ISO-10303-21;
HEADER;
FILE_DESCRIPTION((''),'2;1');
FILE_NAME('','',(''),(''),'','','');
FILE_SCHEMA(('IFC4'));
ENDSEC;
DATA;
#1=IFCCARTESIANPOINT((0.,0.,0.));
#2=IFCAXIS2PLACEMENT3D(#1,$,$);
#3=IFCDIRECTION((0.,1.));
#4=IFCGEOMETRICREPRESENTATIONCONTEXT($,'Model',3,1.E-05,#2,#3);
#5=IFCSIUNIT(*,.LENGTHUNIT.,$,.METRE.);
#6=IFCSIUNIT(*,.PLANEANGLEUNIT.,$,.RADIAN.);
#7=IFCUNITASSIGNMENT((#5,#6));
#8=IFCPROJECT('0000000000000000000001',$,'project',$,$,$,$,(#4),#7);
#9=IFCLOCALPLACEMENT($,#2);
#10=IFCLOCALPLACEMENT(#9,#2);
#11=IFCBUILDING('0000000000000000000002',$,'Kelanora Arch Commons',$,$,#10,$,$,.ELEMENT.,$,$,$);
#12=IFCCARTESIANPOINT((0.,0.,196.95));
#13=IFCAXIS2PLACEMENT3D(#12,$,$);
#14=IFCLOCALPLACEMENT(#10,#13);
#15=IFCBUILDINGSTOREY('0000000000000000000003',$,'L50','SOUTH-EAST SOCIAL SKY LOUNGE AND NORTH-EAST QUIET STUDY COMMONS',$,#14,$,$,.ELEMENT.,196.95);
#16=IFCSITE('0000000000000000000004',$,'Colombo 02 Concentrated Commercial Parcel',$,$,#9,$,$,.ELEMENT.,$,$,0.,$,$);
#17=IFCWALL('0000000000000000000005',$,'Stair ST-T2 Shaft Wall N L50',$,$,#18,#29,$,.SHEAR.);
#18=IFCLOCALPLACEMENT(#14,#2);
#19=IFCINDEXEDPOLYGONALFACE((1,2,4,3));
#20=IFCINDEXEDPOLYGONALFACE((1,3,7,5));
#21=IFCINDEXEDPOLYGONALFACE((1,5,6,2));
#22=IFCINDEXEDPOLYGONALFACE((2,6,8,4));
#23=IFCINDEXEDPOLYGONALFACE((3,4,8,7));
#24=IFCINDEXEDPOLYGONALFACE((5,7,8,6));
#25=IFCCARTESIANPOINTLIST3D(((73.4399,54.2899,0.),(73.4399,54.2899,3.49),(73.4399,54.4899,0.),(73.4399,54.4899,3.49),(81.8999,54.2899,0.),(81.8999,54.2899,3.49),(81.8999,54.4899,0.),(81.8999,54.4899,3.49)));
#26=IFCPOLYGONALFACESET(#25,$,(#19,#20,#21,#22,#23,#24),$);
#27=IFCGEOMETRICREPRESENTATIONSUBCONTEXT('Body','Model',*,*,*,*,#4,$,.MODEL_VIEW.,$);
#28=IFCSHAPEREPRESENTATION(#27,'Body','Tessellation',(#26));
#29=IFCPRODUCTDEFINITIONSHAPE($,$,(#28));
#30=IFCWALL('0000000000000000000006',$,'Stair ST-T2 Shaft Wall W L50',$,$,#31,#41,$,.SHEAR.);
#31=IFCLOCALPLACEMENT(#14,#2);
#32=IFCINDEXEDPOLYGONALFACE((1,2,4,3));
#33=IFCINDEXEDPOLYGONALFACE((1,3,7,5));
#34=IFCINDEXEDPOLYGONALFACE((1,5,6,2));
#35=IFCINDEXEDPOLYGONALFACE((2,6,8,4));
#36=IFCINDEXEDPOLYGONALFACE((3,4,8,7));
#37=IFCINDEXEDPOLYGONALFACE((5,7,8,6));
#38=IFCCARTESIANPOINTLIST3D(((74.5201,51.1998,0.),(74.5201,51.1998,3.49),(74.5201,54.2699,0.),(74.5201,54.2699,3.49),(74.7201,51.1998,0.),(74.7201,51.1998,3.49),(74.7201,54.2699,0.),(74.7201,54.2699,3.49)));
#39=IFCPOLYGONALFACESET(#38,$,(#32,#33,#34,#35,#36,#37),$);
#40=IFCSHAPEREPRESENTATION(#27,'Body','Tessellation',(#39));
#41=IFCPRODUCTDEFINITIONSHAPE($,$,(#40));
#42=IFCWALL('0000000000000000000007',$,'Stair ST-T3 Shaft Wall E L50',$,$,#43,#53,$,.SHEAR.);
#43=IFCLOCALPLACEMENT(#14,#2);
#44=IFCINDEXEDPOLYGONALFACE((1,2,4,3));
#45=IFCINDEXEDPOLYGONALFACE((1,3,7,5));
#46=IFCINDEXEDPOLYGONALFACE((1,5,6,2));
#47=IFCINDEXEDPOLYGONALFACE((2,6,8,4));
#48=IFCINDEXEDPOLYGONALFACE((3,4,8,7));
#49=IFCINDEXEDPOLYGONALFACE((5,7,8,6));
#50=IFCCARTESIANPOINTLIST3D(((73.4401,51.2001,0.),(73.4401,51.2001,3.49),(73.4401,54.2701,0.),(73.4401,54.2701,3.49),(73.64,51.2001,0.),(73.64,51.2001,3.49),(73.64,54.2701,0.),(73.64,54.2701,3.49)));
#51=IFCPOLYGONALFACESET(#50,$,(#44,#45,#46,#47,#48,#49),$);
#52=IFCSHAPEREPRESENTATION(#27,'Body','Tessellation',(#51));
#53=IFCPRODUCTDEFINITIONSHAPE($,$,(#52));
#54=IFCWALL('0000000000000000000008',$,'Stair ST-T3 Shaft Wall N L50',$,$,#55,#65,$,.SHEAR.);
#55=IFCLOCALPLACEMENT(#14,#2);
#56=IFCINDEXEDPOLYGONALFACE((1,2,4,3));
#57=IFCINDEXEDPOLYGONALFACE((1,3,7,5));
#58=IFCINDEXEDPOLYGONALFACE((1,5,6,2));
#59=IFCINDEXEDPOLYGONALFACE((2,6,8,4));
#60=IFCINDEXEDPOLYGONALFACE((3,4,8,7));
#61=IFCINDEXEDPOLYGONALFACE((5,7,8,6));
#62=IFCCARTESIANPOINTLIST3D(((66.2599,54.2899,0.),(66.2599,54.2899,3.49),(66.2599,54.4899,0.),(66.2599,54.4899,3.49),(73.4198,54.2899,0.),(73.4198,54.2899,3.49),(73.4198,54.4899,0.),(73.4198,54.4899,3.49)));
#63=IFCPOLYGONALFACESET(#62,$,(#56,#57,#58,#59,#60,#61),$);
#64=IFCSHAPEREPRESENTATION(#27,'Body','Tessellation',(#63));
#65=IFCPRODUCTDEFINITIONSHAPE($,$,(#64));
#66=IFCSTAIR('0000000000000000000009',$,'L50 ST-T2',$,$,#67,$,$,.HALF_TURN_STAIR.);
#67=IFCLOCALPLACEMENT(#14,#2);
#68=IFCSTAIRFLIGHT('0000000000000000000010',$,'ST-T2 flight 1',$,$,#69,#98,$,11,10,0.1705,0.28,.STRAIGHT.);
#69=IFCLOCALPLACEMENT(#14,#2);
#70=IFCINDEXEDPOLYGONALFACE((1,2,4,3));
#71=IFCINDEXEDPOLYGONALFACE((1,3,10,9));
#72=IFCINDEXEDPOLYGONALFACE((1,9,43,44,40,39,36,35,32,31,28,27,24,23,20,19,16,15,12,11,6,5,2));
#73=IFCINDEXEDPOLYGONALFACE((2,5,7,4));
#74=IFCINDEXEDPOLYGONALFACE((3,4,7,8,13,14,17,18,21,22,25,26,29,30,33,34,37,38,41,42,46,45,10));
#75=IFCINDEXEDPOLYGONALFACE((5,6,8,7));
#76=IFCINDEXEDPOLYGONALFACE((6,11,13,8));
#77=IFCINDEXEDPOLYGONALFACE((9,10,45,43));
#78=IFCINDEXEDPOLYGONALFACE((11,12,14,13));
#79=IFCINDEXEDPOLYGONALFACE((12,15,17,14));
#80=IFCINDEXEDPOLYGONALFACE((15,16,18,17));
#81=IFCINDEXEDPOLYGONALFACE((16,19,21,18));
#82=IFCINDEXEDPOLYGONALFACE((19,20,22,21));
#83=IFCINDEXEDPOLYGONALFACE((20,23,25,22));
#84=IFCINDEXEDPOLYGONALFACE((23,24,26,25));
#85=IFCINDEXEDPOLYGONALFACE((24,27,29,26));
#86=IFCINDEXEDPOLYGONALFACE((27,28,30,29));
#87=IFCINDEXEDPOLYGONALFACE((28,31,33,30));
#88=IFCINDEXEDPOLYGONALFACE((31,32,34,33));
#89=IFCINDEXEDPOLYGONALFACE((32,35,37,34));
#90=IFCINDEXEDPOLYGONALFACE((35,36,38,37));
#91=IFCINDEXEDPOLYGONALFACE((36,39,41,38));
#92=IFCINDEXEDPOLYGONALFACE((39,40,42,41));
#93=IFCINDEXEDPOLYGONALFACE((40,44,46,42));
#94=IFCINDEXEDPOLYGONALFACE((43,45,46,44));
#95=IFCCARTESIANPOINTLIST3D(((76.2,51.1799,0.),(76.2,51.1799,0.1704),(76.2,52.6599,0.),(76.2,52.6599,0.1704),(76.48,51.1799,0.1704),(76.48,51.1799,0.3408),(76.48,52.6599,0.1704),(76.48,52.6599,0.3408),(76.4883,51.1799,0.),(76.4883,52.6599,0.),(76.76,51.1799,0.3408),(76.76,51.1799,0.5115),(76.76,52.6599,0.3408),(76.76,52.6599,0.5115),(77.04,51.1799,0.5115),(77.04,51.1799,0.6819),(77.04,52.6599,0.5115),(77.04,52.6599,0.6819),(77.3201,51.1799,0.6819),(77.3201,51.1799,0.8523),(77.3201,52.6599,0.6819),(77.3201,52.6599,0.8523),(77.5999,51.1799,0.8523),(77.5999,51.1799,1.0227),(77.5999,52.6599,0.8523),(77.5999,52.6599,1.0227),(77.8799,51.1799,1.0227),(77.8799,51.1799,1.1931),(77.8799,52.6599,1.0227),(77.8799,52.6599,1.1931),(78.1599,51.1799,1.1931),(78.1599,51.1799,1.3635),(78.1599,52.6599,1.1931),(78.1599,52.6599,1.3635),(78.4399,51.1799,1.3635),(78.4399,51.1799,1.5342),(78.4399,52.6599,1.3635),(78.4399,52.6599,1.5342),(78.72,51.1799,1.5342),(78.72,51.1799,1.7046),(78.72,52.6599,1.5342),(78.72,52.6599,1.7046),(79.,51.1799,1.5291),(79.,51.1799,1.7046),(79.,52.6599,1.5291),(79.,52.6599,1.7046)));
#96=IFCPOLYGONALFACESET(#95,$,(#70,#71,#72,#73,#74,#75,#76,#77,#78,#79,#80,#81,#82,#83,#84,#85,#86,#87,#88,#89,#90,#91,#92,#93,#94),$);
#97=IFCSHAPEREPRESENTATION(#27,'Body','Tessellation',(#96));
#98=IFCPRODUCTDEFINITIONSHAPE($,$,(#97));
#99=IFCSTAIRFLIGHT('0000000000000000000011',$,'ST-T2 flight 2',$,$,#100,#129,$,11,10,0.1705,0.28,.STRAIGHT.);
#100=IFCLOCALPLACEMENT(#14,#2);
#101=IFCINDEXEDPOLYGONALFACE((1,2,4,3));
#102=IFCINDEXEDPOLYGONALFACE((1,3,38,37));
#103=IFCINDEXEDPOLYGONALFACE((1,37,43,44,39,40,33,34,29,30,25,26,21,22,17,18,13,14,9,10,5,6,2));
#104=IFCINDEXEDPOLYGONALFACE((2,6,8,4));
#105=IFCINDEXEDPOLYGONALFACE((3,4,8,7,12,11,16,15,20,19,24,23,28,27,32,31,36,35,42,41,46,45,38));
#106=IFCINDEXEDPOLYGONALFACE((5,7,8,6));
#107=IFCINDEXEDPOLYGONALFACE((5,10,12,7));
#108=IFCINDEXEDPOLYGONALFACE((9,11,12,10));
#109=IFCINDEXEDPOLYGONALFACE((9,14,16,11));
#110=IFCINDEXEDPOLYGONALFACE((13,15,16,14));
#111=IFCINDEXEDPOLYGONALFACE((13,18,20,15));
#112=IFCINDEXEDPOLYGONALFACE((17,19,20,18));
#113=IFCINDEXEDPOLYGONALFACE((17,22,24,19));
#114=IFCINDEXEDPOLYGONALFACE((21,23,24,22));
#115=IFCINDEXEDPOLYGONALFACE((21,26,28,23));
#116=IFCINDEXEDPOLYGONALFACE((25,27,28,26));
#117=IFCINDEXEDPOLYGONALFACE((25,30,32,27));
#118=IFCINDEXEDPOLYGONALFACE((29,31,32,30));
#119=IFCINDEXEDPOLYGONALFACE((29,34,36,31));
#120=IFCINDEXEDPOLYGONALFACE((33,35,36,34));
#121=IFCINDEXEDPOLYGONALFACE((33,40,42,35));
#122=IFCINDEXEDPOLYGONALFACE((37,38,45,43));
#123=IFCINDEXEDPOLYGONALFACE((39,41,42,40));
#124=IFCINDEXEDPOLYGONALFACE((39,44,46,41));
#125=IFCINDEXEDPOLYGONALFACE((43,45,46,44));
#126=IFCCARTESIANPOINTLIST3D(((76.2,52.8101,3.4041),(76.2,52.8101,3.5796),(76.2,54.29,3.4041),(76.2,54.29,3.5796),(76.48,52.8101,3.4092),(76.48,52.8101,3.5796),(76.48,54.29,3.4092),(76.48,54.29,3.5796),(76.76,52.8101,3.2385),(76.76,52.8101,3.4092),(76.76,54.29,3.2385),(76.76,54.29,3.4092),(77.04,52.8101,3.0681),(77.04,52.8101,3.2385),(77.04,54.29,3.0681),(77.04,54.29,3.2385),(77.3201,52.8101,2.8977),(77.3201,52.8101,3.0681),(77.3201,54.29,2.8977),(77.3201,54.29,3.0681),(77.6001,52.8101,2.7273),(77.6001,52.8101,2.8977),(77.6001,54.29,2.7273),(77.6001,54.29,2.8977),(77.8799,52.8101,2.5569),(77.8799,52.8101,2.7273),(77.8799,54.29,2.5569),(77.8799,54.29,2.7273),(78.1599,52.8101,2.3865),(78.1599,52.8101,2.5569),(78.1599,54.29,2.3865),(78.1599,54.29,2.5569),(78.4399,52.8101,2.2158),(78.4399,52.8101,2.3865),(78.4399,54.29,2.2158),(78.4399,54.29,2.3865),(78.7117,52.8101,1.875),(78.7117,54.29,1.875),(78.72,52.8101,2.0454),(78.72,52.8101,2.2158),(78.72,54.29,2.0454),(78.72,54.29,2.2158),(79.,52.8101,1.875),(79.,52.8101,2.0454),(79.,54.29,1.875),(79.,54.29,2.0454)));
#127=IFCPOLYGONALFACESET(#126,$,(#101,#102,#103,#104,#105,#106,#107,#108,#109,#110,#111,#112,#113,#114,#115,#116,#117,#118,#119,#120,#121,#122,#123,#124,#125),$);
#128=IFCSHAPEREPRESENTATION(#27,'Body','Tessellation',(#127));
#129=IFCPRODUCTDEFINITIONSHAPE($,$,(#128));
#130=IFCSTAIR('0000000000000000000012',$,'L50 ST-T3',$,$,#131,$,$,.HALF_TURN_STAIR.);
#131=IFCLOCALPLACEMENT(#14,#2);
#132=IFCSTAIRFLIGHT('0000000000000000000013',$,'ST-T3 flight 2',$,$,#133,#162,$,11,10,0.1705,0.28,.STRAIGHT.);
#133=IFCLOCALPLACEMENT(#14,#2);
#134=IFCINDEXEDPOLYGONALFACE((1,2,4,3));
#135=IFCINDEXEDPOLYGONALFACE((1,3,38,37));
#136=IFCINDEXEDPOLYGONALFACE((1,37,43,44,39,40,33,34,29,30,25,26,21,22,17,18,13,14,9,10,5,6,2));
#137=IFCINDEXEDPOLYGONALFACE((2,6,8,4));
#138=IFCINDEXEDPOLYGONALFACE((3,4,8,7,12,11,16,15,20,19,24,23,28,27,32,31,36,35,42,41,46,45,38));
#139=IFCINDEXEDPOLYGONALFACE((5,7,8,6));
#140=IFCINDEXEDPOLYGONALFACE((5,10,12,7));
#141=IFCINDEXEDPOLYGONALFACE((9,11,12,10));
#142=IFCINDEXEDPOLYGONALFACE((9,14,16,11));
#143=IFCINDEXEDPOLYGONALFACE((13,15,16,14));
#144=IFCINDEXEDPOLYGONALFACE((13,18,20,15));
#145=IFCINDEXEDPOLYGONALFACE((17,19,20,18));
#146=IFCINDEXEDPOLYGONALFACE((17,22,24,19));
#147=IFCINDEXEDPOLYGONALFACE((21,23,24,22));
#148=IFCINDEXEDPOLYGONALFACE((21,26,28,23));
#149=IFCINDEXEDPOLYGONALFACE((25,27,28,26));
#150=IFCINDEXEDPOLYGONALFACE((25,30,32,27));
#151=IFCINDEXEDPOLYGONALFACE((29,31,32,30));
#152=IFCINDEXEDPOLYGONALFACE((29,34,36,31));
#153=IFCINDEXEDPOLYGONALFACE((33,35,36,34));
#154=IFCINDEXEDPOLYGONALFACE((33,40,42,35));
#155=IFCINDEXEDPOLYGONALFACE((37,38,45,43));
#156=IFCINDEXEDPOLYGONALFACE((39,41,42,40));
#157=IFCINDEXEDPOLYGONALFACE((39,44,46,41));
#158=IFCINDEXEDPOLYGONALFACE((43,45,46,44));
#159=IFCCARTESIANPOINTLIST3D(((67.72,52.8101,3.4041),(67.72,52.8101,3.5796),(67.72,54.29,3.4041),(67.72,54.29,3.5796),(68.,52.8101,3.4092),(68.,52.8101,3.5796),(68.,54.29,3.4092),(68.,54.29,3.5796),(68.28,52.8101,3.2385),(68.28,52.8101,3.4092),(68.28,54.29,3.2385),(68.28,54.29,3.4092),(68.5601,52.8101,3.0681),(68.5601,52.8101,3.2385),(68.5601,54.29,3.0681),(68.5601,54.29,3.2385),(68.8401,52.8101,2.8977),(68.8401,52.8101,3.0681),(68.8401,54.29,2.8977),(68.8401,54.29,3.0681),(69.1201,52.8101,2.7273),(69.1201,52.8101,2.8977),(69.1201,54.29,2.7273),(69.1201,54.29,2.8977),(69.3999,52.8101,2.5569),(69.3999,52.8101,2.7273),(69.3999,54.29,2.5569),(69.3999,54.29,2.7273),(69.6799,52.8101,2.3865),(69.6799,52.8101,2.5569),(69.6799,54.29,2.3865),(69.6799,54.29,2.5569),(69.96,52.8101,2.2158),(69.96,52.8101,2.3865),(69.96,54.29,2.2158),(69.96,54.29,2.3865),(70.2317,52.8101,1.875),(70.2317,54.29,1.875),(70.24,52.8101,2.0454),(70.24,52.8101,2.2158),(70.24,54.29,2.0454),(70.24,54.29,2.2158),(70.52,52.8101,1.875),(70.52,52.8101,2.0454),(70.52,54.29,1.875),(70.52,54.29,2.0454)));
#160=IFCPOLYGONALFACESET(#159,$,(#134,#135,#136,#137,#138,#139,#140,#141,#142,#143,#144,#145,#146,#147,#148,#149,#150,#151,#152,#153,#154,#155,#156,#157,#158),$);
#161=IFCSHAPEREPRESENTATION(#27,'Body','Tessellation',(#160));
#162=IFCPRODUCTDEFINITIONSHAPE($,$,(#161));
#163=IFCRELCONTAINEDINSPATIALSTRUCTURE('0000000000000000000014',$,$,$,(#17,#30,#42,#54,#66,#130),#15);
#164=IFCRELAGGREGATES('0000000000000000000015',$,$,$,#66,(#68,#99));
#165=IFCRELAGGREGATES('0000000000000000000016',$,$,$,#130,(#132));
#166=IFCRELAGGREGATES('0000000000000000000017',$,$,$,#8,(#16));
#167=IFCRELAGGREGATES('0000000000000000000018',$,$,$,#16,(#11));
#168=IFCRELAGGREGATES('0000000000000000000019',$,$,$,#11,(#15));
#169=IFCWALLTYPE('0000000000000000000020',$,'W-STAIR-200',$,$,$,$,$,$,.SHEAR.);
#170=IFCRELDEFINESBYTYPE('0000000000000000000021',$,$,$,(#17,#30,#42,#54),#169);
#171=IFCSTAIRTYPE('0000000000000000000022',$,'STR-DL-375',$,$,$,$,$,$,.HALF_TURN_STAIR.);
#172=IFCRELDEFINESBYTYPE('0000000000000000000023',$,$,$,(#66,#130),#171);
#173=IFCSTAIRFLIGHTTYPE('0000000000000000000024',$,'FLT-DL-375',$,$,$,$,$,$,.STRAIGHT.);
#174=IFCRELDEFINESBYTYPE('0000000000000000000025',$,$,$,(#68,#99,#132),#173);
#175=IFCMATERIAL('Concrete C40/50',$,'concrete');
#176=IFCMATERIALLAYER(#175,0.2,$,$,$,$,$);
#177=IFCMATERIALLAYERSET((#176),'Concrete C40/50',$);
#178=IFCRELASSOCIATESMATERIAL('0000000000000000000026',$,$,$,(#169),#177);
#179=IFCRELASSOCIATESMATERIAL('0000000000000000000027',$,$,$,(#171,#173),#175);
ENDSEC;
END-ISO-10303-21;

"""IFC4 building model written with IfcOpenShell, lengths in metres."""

from ifc_helpers import new_model, si_unit, direction, frame, frame_2d, origin, place, context, subcontext, project, spatial, polyline, rectangle, outline, extrude, material, layer, layer_set, type_object, element, aggregate, save


model = new_model("IFC4")

# Units and contexts
model_context = context("Model", 3, precision=1e-05, world=origin(), true_north=direction((0.0, 1.0)))
body_context = subcontext(model_context, "Body", "Model", "MODEL_VIEW")
ifc_project = project(units=[si_unit("LENGTHUNIT", "METRE"), si_unit("PLANEANGLEUNIT", "RADIAN")], contexts=[model_context])

# Site, building, storey
site_placement = place(None, origin())
site = spatial("IfcSite", under=ifc_project, at=site_placement, Name="Colombo 02 Concentrated Commercial Parcel", CompositionType="ELEMENT", RefElevation=0.0)
building_placement = place(site_placement, origin())
building = spatial("IfcBuilding", under=site, at=building_placement, Name="Kelanora Arch Commons", CompositionType="ELEMENT")
storey_placement = place(building_placement, frame((0.0, 0.0, 196.95)))
storey = spatial("IfcBuildingStorey", under=building, at=storey_placement, Name="L50", Description="SOUTH-EAST SOCIAL SKY LOUNGE AND NORTH-EAST QUIET STUDY COMMONS", CompositionType="ELEMENT", Elevation=196.95)

# Shared definitions
ifc_material_1 = material(Name="Concrete C40/50", Category="concrete")
ifc_layer_1 = layer(ifc_material_1, 0.2)
ifc_layer_set_1 = layer_set([ifc_layer_1], Name="Concrete C40/50")
wall_type_1 = type_object("IfcWallType", Name="W-STAIR-200", PredefinedType="SHEAR", material=ifc_layer_set_1)

# Walls
wall_1_placement = place(storey_placement, frame((81.8999, 54.3899, 0.0), z_axis=(0.0, 0.0, 1.0), x_axis=(-1.0, 0.0, 0.0)))
element("IfcWall", 1, at=wall_1_placement, inside=storey, type_object=wall_type_1, Name="Stair ST-T2 Shaft Wall N L50", PredefinedType="SHEAR", context=body_context, shape_type="SweptSolid", body=[
    extrude(rectangle(XDim=8.46, YDim=0.2, at=frame_2d((4.23, 0.0))), origin(), (0.0, 0.0, 1.0), 3.49),
])
for number, where, z_axis, x_axis, name in (
    (2, (74.6201, 54.27, 0.0), (0.0, 0.0, 1.0), (0.0, -1.0, 0.0), "Stair ST-T2 Shaft Wall W L50"),
    (3, (73.54, 51.2, 0.0), (0.0, 0.0, 1.0), (0.0, 1.0, 0.0), "Stair ST-T3 Shaft Wall E L50"),
):
    element("IfcWall", number, at=place(storey_placement, frame(where, z_axis=z_axis, x_axis=x_axis)), inside=storey, type_object=wall_type_1, Name=name, PredefinedType="SHEAR", context=body_context, shape_type="SweptSolid", body=[
        extrude(rectangle(XDim=3.0701, YDim=0.2, at=frame_2d((1.5352, 0.0))), origin(), (0.0, 0.0, 1.0), 3.49),
    ])
wall_2_placement = place(storey_placement, frame((73.4199, 54.3899, 0.0), z_axis=(0.0, 0.0, 1.0), x_axis=(-1.0, 0.0, 0.0)))
element("IfcWall", 4, at=wall_2_placement, inside=storey, type_object=wall_type_1, Name="Stair ST-T3 Shaft Wall N L50", PredefinedType="SHEAR", context=body_context, shape_type="SweptSolid", body=[
    extrude(rectangle(XDim=7.1599, YDim=0.2, at=frame_2d((3.5801, 0.0))), origin(), (0.0, 0.0, 1.0), 3.49),
])

# Stair, stair flights
stair_type = type_object("IfcStairType", Name="STR-DL-375", PredefinedType="HALF_TURN_STAIR", material=ifc_material_1)
stair_1_placement = place(storey_placement, origin())
stair_1 = element("IfcStair", 5, at=stair_1_placement, inside=storey, type_object=stair_type, Name="L50 ST-T2", PredefinedType="HALF_TURN_STAIR")
stair_flight_type = type_object("IfcStairFlightType", Name="FLT-DL-375", PredefinedType="STRAIGHT", material=ifc_material_1)
stair_flight_1_placement = place(storey_placement, frame((76.2, 51.9199, 0.0), z_axis=(0.0, 0.0, 1.0), x_axis=(1.0, 0.0, 0.0)))
stair_flight_1 = element("IfcStairFlight", 6, at=stair_flight_1_placement, type_object=stair_flight_type, Name="ST-T2 flight 1", NumberOfRisers=11, NumberOfTreads=10, PredefinedType="STRAIGHT", RiserHeight=0.1705, TreadLength=0.28, context=body_context, shape_type="SweptSolid", body=[
    extrude(outline(polyline([(0.0, 0.0), (0.0, 0.1704), (0.28, 0.1704), (0.28, 0.3408), (0.5601, 0.3408), (0.5601, 0.5115), (0.8401, 0.5115), (0.8401, 0.6819), (1.1201, 0.6819), (1.1201, 0.8523), (1.3999, 0.8523), (1.3999, 1.0227), (1.6799, 1.0227), (1.6799, 1.1931), (1.96, 1.1931), (1.96, 1.3635), (2.24, 1.3635), (2.24, 1.5342), (2.52, 1.5342), (2.52, 1.7046), (2.8, 1.7046), (2.8, 1.875), (2.8, 1.5291), (0.2883, 0.0), (0.0, 0.0)])), frame((0.0, 0.74, 0.0), z_axis=(0.0, -1.0, 0.0), x_axis=(1.0, 0.0, 0.0)), (0.0, 0.0, 1.0), 1.48),
])
stair_flight_2_placement = place(storey_placement, frame((79.0, 53.55, 1.875), z_axis=(0.0, 0.0, 1.0), x_axis=(-1.0, 0.0, 0.0)))
stair_flight_2 = element("IfcStairFlight", 7, at=stair_flight_2_placement, type_object=stair_flight_type, Name="ST-T2 flight 2", NumberOfRisers=11, NumberOfTreads=10, PredefinedType="STRAIGHT", RiserHeight=0.1705, TreadLength=0.28, context=body_context, shape_type="SweptSolid", body=[
    extrude(outline(polyline([(0.0, 0.0), (0.0, 0.1704), (0.28, 0.1704), (0.28, 0.3408), (0.5601, 0.3408), (0.5601, 0.5115), (0.8401, 0.5115), (0.8401, 0.6819), (1.1201, 0.6819), (1.1201, 0.8523), (1.3999, 0.8523), (1.3999, 1.0227), (1.6799, 1.0227), (1.6799, 1.1931), (1.96, 1.1931), (1.96, 1.3635), (2.24, 1.3635), (2.24, 1.5342), (2.52, 1.5342), (2.52, 1.7046), (2.8, 1.7046), (2.8, 1.875), (2.8, 1.5291), (0.2883, 0.0), (0.0, 0.0)])), frame((0.0, 0.74, 0.0), z_axis=(0.0, -1.0, 0.0), x_axis=(1.0, 0.0, 0.0)), (0.0, 0.0, 1.0), 1.48),
])
aggregate(stair_1, [stair_flight_1, stair_flight_2])

# Stair, stair flight
stair_2_placement = place(storey_placement, origin())
stair_2 = element("IfcStair", 8, at=stair_2_placement, inside=storey, type_object=stair_type, Name="L50 ST-T3", PredefinedType="HALF_TURN_STAIR")
stair_flight_3_placement = place(storey_placement, frame((70.52, 53.55, 1.875), z_axis=(0.0, 0.0, 1.0), x_axis=(-1.0, 0.0, 0.0)))
stair_flight_3 = element("IfcStairFlight", 9, at=stair_flight_3_placement, type_object=stair_flight_type, Name="ST-T3 flight 2", NumberOfRisers=11, NumberOfTreads=10, PredefinedType="STRAIGHT", RiserHeight=0.1705, TreadLength=0.28, context=body_context, shape_type="SweptSolid", body=[
    extrude(outline(polyline([(0.0, 0.0), (0.0, 0.1704), (0.28, 0.1704), (0.28, 0.3408), (0.5601, 0.3408), (0.5601, 0.5115), (0.8401, 0.5115), (0.8401, 0.6819), (1.1201, 0.6819), (1.1201, 0.8523), (1.3999, 0.8523), (1.3999, 1.0227), (1.6799, 1.0227), (1.6799, 1.1931), (1.96, 1.1931), (1.96, 1.3635), (2.24, 1.3635), (2.24, 1.5342), (2.52, 1.5342), (2.52, 1.7046), (2.8, 1.7046), (2.8, 1.875), (2.8, 1.5291), (0.2883, 0.0), (0.0, 0.0)])), frame((0.0, 0.74, 0.0), z_axis=(0.0, -1.0, 0.0), x_axis=(1.0, 0.0, 0.0)), (0.0, 0.0, 1.0), 1.48),
])
aggregate(stair_2, [stair_flight_3])

save(model, "model.ifc")
